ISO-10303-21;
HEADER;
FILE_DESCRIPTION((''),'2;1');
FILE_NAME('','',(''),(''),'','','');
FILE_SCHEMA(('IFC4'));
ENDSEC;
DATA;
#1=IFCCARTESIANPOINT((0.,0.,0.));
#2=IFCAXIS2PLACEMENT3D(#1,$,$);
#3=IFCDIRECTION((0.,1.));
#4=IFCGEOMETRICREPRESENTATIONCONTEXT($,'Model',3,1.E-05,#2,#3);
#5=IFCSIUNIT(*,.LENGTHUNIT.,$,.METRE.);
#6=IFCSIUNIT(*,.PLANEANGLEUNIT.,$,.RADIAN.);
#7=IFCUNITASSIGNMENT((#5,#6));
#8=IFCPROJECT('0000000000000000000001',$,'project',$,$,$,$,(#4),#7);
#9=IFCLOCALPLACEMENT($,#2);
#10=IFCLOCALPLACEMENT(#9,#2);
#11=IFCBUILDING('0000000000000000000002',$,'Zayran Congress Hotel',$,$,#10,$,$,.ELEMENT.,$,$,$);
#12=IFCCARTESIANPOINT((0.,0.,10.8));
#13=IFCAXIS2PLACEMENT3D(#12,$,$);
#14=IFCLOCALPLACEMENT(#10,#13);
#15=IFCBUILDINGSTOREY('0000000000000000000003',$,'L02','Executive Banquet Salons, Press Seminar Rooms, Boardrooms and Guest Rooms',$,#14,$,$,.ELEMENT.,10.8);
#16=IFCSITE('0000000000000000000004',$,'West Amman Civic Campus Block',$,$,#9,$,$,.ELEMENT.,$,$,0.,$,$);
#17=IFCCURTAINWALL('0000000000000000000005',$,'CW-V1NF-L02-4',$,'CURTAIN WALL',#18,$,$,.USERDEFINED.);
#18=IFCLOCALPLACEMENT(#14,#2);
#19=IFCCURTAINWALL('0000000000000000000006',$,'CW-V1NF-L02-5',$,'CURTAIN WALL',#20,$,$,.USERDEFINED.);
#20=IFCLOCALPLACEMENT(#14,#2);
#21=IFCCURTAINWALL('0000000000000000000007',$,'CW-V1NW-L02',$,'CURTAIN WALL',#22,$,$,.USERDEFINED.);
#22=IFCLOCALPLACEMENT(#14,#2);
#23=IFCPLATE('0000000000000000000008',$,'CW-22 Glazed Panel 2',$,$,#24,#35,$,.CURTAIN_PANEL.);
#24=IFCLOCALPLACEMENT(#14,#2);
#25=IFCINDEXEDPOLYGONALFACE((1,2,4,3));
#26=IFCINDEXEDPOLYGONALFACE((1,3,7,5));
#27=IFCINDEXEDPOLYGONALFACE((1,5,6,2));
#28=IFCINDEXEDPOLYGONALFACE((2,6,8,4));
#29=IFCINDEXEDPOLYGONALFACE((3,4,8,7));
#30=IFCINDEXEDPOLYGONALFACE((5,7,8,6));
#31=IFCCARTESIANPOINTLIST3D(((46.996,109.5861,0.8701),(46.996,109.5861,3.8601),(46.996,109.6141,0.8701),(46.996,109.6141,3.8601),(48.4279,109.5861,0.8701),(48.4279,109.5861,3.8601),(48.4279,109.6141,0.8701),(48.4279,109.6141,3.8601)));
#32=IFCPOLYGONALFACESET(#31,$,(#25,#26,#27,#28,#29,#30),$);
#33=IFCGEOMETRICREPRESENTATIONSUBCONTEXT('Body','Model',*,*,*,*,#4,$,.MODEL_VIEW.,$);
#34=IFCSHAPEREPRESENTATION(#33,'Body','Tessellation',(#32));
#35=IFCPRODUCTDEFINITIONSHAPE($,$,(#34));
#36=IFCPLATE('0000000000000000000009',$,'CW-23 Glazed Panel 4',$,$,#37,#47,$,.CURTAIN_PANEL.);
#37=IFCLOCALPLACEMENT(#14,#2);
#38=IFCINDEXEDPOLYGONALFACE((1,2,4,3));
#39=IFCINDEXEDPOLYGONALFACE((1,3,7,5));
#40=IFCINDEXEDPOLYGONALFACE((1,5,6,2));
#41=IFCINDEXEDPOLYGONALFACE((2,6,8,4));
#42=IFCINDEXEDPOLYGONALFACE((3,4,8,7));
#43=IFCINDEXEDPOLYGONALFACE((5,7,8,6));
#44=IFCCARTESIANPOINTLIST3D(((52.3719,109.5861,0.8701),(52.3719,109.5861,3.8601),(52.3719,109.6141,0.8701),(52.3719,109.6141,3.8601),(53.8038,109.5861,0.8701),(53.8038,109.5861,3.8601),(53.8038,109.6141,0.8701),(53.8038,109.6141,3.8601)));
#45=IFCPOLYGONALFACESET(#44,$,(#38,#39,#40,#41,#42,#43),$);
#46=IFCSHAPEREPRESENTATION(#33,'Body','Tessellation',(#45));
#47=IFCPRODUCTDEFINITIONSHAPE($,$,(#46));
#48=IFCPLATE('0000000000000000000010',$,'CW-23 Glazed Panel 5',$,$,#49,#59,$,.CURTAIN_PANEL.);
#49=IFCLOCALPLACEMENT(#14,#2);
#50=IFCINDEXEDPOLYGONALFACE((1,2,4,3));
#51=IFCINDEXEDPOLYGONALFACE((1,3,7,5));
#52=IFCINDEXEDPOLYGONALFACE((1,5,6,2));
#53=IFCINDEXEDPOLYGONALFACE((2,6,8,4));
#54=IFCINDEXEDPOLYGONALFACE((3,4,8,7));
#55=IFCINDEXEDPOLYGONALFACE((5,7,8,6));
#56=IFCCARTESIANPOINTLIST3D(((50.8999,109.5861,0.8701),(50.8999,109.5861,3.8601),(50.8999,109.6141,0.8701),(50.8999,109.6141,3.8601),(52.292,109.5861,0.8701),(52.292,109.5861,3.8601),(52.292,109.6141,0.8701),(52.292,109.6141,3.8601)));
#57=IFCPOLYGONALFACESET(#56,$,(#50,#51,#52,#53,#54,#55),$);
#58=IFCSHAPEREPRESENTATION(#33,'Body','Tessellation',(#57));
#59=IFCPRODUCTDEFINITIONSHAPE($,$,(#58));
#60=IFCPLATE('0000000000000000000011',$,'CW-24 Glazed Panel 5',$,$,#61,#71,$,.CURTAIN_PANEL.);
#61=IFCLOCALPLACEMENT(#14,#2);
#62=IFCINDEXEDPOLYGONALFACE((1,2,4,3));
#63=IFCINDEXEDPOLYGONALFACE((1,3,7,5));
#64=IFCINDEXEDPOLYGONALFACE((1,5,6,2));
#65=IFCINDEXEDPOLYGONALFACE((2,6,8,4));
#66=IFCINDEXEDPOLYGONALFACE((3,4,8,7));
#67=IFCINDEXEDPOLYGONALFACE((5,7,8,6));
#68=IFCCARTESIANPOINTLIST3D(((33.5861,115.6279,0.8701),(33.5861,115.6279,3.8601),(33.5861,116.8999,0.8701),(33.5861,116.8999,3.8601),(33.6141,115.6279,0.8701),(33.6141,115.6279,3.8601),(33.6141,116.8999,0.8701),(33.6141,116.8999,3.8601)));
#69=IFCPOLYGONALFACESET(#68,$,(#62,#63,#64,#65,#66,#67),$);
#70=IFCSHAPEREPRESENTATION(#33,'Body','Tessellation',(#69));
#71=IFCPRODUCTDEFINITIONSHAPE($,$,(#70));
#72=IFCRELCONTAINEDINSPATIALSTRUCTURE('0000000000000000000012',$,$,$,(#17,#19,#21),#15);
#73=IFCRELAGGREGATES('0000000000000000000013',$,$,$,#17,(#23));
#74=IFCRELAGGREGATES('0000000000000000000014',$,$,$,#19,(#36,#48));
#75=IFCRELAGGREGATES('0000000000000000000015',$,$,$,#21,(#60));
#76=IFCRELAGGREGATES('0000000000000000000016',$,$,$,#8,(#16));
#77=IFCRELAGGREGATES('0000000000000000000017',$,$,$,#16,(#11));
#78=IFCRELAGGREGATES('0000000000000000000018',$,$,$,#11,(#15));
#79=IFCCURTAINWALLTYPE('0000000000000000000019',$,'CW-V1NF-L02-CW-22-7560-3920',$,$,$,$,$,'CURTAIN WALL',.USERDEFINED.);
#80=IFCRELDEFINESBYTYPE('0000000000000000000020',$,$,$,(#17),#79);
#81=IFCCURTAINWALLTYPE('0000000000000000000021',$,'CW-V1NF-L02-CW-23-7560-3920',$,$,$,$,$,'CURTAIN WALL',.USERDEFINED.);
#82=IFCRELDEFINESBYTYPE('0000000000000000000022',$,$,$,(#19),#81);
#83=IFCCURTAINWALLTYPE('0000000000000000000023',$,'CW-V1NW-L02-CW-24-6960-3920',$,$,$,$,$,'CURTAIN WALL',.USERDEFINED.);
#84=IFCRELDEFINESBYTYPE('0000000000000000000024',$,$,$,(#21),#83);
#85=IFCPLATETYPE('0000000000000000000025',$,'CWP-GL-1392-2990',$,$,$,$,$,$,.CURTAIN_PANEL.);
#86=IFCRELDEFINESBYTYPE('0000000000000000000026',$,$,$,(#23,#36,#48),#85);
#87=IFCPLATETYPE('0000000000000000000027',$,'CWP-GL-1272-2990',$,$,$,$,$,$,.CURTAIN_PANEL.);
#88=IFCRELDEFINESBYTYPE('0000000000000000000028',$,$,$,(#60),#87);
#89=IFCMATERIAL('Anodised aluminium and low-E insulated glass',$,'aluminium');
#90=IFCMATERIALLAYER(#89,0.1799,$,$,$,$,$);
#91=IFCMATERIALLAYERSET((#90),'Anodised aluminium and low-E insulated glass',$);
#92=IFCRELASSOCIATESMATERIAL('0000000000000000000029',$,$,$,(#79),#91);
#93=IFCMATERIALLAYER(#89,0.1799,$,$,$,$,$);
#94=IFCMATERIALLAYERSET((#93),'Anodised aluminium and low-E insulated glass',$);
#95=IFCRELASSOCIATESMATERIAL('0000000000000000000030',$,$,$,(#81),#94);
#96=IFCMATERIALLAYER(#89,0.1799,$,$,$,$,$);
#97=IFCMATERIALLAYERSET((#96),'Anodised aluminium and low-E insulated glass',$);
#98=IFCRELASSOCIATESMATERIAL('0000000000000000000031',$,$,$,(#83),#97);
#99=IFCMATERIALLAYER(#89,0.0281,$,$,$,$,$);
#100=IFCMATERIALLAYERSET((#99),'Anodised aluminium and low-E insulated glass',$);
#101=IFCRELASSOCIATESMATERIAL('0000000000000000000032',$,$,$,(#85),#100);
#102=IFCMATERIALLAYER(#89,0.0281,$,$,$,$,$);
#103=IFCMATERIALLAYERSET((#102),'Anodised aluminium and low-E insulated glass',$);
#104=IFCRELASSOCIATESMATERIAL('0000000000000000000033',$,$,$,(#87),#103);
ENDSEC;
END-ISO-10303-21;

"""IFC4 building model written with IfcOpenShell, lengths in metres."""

from ifc_helpers import new_model, si_unit, direction, frame, origin, origin_2d, place, context, subcontext, project, spatial, rectangle, extrude, material, layer, layer_set, type_object, element, aggregate, save


model = new_model("IFC4")

# Units and contexts
model_context = context("Model", 3, precision=1e-05, world=origin(), true_north=direction((0.0, 1.0)))
body_context = subcontext(model_context, "Body", "Model", "MODEL_VIEW")
ifc_project = project(units=[si_unit("LENGTHUNIT", "METRE"), si_unit("PLANEANGLEUNIT", "RADIAN")], contexts=[model_context])

# Site, building, storey
site_placement = place(None, origin())
site = spatial("IfcSite", under=ifc_project, at=site_placement, Name="West Amman Civic Campus Block", CompositionType="ELEMENT", RefElevation=0.0)
building_placement = place(site_placement, origin())
building = spatial("IfcBuilding", under=site, at=building_placement, Name="Zayran Congress Hotel", CompositionType="ELEMENT")
storey_placement = place(building_placement, frame((0.0, 0.0, 10.8)))
storey = spatial("IfcBuildingStorey", under=building, at=storey_placement, Name="L02", Description="Executive Banquet Salons, Press Seminar Rooms, Boardrooms and Guest Rooms", CompositionType="ELEMENT", Elevation=10.8)

# Curtain walls
ifc_material_1 = material(Name="Anodised aluminium and low-E insulated glass", Category="aluminium")
ifc_layer_1 = layer(ifc_material_1, 0.1799)
ifc_layer_set_1 = layer_set([ifc_layer_1], Name="Anodised aluminium and low-E insulated glass")
curtain_wall_type_1 = type_object("IfcCurtainWallType", Name="CW-V1NF-L02-CW-22-7560-3920", ElementType="CURTAIN WALL", PredefinedType="USERDEFINED", material=ifc_layer_set_1)
curtain_wall_1_placement = place(storey_placement, origin())
curtain_wall_1 = element("IfcCurtainWall", 1, at=curtain_wall_1_placement, inside=storey, type_object=curtain_wall_type_1, Name="CW-V1NF-L02-4", ObjectType="CURTAIN WALL", PredefinedType="USERDEFINED")
ifc_layer_2 = layer(ifc_material_1, 0.1799)
ifc_layer_set_2 = layer_set([ifc_layer_2], Name="Anodised aluminium and low-E insulated glass")
curtain_wall_type_2 = type_object("IfcCurtainWallType", Name="CW-V1NF-L02-CW-23-7560-3920", ElementType="CURTAIN WALL", PredefinedType="USERDEFINED", material=ifc_layer_set_2)
curtain_wall_2_placement = place(storey_placement, origin())
curtain_wall_2 = element("IfcCurtainWall", 2, at=curtain_wall_2_placement, inside=storey, type_object=curtain_wall_type_2, Name="CW-V1NF-L02-5", ObjectType="CURTAIN WALL", PredefinedType="USERDEFINED")

# Curtain wall
ifc_layer_3 = layer(ifc_material_1, 0.1799)
ifc_layer_set_3 = layer_set([ifc_layer_3], Name="Anodised aluminium and low-E insulated glass")
curtain_wall_type_3 = type_object("IfcCurtainWallType", Name="CW-V1NW-L02-CW-24-6960-3920", ElementType="CURTAIN WALL", PredefinedType="USERDEFINED", material=ifc_layer_set_3)
curtain_wall_3_placement = place(storey_placement, origin())
curtain_wall_3 = element("IfcCurtainWall", 3, at=curtain_wall_3_placement, inside=storey, type_object=curtain_wall_type_3, Name="CW-V1NW-L02", ObjectType="CURTAIN WALL", PredefinedType="USERDEFINED")

# Plates
ifc_layer_4 = layer(ifc_material_1, 0.0281)
ifc_layer_set_4 = layer_set([ifc_layer_4], Name="Anodised aluminium and low-E insulated glass")
plate_type_1 = type_object("IfcPlateType", Name="CWP-GL-1392-2990", PredefinedType="CURTAIN_PANEL", material=ifc_layer_set_4)
plate_1_placement = place(storey_placement, frame((47.7119, 109.6001, 0.8701), z_axis=(0.0, 0.0, 1.0), x_axis=(1.0, 0.0, 0.0)))
plate_1 = element("IfcPlate", 4, at=plate_1_placement, type_object=plate_type_1, Name="CW-22 Glazed Panel 2", PredefinedType="CURTAIN_PANEL", context=body_context, shape_type="SweptSolid", body=[
    extrude(rectangle(XDim=1.4319, YDim=0.0281, at=origin_2d()), origin(), (0.0, 0.0, 1.0), 2.99),
])
aggregate(curtain_wall_1, [plate_1])
plate_2_placement = place(storey_placement, frame((53.0879, 109.6001, 0.8701), z_axis=(0.0, 0.0, 1.0), x_axis=(1.0, 0.0, 0.0)))
plate_2 = element("IfcPlate", 5, at=plate_2_placement, type_object=plate_type_1, Name="CW-23 Glazed Panel 4", PredefinedType="CURTAIN_PANEL", context=body_context, shape_type="SweptSolid", body=[
    extrude(rectangle(XDim=1.4319, YDim=0.0281, at=origin_2d()), origin(), (0.0, 0.0, 1.0), 2.99),
])
plate_3_placement = place(storey_placement, frame((51.5959, 109.6001, 0.8701), z_axis=(0.0, 0.0, 1.0), x_axis=(1.0, 0.0, 0.0)))
plate_3 = element("IfcPlate", 6, at=plate_3_placement, type_object=plate_type_1, Name="CW-23 Glazed Panel 5", PredefinedType="CURTAIN_PANEL", context=body_context, shape_type="SweptSolid", body=[
    extrude(rectangle(XDim=1.3921, YDim=0.0281, at=origin_2d()), origin(), (0.0, 0.0, 1.0), 2.99),
])
aggregate(curtain_wall_2, [plate_2, plate_3])
ifc_layer_5 = layer(ifc_material_1, 0.0281)
ifc_layer_set_5 = layer_set([ifc_layer_5], Name="Anodised aluminium and low-E insulated glass")
plate_type_2 = type_object("IfcPlateType", Name="CWP-GL-1272-2990", PredefinedType="CURTAIN_PANEL", material=ifc_layer_set_5)
plate_4_placement = place(storey_placement, frame((33.6001, 116.2639, 0.8701), z_axis=(0.0, 0.0, 1.0), x_axis=(0.0, 1.0, 0.0)))
plate_4 = element("IfcPlate", 7, at=plate_4_placement, type_object=plate_type_2, Name="CW-24 Glazed Panel 5", PredefinedType="CURTAIN_PANEL", context=body_context, shape_type="SweptSolid", body=[
    extrude(rectangle(XDim=1.272, YDim=0.0281, at=origin_2d()), origin(), (0.0, 0.0, 1.0), 2.99),
])
aggregate(curtain_wall_3, [plate_4])

save(model, "model.ifc")
